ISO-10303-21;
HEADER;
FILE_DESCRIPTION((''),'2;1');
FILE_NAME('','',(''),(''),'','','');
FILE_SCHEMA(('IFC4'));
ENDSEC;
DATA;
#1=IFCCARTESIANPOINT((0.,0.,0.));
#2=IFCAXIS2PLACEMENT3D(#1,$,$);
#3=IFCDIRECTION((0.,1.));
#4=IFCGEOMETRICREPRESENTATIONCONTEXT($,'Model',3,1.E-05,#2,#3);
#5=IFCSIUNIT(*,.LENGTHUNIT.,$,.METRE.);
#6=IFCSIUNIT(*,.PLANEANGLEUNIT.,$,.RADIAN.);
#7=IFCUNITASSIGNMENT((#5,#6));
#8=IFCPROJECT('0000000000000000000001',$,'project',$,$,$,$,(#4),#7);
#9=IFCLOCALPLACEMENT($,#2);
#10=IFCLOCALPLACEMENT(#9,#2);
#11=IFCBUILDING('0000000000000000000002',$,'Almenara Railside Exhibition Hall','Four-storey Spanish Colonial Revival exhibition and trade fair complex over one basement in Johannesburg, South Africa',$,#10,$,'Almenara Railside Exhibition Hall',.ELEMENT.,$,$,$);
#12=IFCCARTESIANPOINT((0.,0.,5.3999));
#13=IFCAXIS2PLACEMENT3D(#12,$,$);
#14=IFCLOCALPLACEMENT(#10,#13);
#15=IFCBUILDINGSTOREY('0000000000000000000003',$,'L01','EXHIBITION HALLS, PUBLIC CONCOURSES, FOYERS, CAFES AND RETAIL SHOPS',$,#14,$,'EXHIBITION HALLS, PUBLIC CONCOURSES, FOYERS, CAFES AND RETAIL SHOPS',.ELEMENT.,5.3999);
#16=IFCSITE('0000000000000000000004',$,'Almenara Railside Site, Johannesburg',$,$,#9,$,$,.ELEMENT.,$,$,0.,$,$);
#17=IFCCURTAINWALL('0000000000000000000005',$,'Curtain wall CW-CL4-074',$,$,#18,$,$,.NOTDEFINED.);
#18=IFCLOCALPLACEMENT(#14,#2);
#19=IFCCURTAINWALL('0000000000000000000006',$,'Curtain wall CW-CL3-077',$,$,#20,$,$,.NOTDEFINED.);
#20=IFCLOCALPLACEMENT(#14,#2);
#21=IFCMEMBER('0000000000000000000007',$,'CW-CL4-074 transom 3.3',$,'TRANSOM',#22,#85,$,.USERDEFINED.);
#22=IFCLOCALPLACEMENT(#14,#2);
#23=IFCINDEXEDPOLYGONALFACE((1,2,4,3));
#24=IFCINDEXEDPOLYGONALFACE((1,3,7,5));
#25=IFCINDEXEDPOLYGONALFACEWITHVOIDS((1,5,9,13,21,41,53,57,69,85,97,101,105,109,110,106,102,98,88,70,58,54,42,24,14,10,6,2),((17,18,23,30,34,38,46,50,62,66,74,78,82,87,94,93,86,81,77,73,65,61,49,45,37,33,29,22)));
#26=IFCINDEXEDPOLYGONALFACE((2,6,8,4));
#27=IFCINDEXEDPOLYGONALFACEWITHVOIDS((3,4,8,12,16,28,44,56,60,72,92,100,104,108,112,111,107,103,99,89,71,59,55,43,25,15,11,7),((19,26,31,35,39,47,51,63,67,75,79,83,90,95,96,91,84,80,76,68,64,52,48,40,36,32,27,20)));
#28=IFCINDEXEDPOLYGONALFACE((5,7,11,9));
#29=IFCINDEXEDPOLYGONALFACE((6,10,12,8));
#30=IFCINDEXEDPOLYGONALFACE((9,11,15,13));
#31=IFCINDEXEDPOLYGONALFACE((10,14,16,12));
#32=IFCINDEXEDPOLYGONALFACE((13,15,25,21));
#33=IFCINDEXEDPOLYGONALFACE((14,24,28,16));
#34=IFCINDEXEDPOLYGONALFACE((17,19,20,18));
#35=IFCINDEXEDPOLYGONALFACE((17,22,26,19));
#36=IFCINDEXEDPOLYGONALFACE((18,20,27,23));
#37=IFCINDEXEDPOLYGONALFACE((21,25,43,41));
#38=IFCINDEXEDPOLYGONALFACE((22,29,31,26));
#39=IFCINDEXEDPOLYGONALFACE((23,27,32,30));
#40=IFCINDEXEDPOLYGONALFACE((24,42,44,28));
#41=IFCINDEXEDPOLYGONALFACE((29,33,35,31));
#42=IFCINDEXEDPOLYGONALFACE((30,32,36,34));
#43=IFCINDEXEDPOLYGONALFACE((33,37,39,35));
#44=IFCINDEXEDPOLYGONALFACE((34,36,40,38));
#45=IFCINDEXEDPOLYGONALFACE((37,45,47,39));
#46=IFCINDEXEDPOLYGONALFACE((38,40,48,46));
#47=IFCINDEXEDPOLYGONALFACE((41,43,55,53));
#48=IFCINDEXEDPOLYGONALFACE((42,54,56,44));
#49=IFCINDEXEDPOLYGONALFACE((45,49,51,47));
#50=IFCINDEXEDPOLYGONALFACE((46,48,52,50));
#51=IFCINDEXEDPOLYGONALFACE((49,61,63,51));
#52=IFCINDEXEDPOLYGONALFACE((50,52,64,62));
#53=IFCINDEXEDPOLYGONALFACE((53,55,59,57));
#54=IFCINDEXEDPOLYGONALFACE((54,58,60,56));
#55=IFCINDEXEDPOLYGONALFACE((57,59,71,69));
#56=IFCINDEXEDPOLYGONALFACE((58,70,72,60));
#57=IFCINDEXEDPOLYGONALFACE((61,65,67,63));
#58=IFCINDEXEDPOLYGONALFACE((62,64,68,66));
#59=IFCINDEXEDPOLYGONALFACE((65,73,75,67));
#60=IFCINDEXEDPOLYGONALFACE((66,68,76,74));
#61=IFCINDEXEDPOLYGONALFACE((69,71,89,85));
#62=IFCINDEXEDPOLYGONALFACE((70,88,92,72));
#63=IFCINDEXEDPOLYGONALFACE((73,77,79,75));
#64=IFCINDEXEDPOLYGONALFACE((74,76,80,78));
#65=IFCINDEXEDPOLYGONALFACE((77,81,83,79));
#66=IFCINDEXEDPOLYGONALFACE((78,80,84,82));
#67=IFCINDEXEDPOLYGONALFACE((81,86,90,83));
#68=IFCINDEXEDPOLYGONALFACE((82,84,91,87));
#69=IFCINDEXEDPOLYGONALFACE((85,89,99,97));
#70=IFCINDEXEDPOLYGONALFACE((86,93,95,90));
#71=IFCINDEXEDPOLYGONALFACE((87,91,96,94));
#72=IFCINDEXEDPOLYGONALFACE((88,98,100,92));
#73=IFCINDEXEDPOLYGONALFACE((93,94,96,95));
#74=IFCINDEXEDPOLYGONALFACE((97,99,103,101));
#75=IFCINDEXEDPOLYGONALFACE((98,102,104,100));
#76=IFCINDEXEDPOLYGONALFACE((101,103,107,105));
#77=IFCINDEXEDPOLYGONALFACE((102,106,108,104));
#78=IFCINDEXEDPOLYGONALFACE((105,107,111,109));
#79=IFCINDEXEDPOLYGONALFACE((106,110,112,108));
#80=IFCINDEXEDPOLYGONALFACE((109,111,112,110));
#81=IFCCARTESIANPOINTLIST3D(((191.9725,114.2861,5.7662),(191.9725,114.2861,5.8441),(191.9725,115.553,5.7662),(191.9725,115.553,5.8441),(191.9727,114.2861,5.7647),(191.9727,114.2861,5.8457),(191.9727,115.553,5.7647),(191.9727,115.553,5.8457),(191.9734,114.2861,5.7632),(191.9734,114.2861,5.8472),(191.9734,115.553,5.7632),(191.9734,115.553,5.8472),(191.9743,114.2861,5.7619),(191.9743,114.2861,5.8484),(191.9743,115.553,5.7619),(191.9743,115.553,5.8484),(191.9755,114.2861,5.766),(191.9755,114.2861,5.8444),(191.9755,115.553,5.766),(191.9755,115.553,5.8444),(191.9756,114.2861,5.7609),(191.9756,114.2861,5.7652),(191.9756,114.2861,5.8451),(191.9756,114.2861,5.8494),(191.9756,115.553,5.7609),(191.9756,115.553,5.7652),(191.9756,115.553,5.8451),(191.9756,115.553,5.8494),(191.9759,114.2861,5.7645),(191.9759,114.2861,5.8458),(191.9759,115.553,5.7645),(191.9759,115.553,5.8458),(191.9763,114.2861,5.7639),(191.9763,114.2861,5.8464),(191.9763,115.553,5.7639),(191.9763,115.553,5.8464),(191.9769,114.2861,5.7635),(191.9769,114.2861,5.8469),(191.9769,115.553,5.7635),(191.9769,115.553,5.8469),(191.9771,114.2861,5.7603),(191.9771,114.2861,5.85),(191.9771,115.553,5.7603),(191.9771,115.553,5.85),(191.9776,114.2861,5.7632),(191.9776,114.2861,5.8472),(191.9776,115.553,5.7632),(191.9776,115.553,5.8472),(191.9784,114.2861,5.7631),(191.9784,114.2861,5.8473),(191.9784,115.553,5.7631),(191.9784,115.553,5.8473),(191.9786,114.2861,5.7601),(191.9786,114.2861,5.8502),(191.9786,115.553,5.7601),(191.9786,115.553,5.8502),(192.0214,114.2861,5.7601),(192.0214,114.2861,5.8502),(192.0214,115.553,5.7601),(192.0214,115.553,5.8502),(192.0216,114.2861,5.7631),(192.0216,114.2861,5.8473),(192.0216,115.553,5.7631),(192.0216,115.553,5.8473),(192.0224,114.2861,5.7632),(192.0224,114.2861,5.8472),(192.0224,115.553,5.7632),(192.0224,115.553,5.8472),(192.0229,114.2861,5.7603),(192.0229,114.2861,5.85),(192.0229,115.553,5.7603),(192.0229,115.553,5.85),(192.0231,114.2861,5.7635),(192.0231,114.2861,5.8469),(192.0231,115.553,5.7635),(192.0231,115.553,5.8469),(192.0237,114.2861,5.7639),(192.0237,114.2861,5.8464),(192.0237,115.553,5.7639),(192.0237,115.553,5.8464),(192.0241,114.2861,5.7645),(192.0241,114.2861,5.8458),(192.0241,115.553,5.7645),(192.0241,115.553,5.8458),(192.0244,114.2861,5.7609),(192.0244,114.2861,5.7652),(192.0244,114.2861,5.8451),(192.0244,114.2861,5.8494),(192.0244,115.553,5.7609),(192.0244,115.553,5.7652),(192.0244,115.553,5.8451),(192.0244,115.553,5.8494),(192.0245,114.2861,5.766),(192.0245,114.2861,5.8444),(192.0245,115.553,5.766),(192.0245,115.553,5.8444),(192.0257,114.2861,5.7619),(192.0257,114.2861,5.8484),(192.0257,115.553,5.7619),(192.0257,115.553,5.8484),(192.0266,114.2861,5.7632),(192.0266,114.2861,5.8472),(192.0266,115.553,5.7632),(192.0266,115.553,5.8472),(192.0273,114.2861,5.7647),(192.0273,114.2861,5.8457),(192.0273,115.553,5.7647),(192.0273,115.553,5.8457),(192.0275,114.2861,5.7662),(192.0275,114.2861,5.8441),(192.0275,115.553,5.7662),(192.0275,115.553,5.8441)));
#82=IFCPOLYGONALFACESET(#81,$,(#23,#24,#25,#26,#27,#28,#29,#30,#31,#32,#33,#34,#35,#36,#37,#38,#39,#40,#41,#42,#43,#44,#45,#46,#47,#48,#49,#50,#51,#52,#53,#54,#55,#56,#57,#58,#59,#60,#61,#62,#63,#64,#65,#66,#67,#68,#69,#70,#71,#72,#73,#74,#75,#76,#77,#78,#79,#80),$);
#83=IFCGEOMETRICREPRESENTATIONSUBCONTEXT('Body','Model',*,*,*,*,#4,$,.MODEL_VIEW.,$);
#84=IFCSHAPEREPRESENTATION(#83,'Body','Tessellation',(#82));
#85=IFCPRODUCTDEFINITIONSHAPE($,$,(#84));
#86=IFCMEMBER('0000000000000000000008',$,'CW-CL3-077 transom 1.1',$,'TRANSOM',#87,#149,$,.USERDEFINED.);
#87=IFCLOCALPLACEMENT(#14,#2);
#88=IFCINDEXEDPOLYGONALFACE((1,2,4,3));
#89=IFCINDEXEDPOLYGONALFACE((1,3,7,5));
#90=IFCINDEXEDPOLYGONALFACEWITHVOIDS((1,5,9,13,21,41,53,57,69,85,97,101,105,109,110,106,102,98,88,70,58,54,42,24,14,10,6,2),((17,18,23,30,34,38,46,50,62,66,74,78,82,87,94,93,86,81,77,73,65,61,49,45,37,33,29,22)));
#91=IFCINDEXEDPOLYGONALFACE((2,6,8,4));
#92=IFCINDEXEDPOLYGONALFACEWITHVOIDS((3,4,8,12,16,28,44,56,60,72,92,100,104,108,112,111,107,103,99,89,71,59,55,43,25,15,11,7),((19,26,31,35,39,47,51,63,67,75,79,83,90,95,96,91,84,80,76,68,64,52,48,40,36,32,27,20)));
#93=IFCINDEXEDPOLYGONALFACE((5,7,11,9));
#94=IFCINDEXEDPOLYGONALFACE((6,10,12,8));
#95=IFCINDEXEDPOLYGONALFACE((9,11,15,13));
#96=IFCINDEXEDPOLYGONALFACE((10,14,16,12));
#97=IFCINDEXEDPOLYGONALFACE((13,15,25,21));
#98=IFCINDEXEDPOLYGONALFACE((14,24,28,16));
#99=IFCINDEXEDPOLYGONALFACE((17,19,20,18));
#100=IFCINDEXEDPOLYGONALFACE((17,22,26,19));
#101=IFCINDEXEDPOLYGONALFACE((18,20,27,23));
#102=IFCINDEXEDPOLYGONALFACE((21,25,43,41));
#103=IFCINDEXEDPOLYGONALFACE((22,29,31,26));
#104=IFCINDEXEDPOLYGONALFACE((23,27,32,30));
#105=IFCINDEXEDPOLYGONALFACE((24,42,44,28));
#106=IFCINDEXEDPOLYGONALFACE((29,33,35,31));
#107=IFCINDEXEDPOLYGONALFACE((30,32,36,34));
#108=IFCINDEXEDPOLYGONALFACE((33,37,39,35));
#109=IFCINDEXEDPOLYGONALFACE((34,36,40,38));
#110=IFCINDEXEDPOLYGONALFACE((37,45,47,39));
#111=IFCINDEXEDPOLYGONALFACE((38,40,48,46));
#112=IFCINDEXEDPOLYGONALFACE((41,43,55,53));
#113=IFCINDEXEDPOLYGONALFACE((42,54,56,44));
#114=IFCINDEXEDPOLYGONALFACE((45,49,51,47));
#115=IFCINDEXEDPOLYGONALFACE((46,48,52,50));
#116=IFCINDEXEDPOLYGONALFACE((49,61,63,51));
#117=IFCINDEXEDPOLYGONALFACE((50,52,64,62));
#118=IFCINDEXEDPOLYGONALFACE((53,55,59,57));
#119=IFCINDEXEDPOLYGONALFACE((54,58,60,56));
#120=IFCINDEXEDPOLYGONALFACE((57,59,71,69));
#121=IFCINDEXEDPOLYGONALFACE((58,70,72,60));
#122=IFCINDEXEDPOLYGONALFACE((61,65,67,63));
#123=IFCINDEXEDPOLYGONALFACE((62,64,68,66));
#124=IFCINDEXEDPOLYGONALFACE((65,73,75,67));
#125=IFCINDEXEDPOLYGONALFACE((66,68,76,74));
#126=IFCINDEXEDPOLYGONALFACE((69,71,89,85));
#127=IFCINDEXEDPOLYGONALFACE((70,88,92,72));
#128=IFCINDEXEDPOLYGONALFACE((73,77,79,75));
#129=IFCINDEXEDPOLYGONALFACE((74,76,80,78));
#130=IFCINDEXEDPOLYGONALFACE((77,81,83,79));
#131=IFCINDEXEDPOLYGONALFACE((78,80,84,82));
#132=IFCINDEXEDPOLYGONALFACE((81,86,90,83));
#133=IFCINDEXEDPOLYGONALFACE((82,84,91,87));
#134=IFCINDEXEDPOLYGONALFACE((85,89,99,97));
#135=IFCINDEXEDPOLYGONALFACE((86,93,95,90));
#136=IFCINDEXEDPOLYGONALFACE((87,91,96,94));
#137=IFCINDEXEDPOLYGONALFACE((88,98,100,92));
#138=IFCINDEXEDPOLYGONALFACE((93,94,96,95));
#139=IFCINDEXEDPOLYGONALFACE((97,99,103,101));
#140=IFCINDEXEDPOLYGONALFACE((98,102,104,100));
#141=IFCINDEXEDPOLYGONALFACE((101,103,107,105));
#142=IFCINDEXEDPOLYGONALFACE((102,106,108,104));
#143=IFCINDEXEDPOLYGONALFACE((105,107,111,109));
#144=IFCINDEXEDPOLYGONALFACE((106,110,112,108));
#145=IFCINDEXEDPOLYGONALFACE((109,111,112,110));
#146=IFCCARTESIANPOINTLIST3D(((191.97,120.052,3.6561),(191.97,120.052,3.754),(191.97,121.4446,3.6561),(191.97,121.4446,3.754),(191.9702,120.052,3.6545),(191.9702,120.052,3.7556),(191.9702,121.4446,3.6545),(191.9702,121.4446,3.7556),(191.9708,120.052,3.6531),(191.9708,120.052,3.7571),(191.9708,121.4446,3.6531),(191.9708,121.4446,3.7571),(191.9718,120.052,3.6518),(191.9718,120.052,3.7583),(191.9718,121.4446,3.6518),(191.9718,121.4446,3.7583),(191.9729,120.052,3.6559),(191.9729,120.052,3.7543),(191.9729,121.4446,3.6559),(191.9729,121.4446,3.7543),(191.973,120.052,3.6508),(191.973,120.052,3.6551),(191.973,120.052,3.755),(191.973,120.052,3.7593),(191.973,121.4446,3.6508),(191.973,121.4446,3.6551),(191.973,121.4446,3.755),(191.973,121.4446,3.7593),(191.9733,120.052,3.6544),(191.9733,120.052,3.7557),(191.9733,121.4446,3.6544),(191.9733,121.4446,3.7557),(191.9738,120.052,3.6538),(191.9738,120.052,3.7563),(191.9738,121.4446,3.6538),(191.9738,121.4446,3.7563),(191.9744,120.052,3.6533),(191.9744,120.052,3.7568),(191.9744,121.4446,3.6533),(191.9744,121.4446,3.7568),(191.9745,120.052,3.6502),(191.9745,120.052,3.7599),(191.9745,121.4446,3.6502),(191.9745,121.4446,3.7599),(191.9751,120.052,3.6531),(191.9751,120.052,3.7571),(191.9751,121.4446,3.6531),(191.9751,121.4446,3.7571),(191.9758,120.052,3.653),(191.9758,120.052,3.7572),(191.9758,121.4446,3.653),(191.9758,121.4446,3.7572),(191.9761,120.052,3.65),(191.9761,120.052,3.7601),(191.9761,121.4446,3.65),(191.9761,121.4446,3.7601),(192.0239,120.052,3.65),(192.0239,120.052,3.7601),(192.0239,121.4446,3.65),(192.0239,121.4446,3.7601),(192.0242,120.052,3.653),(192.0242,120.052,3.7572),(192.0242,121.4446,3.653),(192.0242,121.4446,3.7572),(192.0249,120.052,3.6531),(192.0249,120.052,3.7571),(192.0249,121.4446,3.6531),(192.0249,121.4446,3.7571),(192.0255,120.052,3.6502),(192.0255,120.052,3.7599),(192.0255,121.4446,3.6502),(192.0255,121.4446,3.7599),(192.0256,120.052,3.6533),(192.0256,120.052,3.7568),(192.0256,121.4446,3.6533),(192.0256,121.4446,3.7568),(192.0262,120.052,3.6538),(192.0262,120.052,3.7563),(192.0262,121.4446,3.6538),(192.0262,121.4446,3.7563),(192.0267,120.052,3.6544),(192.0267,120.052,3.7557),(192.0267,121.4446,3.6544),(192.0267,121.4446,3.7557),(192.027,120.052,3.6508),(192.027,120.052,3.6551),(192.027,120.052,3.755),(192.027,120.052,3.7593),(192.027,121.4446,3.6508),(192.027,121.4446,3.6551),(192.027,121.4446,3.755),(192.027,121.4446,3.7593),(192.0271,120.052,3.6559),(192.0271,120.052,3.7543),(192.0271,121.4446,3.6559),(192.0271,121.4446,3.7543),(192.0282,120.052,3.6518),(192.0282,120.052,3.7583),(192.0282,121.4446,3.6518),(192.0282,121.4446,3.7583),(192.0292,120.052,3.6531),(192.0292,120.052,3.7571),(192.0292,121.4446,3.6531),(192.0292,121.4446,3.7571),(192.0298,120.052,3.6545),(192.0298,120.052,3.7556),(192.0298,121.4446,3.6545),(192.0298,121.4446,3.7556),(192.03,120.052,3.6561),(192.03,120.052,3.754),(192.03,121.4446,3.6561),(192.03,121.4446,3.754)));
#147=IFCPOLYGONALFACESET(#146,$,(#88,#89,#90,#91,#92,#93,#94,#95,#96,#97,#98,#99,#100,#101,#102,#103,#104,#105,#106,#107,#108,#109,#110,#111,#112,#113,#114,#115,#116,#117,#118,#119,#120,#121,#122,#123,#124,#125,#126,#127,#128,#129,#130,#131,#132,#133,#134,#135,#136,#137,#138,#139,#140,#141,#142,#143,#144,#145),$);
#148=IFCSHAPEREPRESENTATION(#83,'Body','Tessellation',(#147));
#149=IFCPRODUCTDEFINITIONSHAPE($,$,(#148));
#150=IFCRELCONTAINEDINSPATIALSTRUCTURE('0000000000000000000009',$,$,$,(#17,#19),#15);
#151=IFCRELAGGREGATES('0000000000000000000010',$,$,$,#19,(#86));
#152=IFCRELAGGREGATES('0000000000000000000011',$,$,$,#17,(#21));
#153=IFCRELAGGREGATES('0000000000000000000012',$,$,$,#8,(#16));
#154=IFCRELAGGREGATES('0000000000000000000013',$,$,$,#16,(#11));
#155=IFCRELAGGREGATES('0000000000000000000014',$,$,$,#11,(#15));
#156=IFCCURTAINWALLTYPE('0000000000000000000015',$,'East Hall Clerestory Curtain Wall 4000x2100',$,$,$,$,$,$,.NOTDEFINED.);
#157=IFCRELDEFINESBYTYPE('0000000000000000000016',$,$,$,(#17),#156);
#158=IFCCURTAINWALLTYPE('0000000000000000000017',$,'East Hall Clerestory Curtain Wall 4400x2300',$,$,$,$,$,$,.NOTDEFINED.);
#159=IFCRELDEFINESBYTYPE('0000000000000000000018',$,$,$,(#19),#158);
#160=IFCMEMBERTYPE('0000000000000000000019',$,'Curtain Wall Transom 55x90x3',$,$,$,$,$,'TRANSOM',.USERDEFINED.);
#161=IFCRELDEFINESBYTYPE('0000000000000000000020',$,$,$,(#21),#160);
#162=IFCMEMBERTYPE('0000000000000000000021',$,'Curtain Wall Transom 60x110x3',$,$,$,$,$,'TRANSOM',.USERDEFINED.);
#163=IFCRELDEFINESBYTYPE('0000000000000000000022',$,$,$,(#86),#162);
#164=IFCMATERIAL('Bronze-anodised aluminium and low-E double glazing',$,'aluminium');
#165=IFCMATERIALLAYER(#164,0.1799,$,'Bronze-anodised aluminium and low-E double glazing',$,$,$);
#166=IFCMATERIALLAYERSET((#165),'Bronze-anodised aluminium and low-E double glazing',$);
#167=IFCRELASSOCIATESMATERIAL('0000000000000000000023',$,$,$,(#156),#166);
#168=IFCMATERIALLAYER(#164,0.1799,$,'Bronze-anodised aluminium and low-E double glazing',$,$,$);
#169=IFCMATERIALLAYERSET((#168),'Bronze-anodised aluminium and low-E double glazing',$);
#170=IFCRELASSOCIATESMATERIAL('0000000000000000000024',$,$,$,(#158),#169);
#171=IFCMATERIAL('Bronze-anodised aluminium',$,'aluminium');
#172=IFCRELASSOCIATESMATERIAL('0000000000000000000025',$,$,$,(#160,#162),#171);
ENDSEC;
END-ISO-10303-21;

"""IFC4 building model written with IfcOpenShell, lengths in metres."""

from ifc_helpers import new_model, si_unit, direction, frame, origin, origin_2d, place, context, subcontext, project, spatial, hollow_rectangle, extrude, material, layer, layer_set, material_profile, profile_set, type_object, element, aggregate, save


model = new_model("IFC4")

# Units and contexts
model_context = context("Model", 3, precision=1e-05, world=origin(), true_north=direction((0.0, 1.0)))
body_context = subcontext(model_context, "Body", "Model", "MODEL_VIEW")
ifc_project = project(units=[si_unit("LENGTHUNIT", "METRE"), si_unit("PLANEANGLEUNIT", "RADIAN")], contexts=[model_context])

# Site, building, storey
site_placement = place(None, origin())
site = spatial("IfcSite", under=ifc_project, at=site_placement, Name="Almenara Railside Site, Johannesburg", CompositionType="ELEMENT", RefElevation=0.0)
building_placement = place(site_placement, origin())
building = spatial("IfcBuilding", under=site, at=building_placement, Name="Almenara Railside Exhibition Hall", Description="Four-storey Spanish Colonial Revival exhibition and trade fair complex over one basement in Johannesburg, South Africa", LongName="Almenara Railside Exhibition Hall", CompositionType="ELEMENT")
storey_placement = place(building_placement, frame((0.0, 0.0, 5.3999)))
storey = spatial("IfcBuildingStorey", under=building, at=storey_placement, Name="L01", Description="EXHIBITION HALLS, PUBLIC CONCOURSES, FOYERS, CAFES AND RETAIL SHOPS", LongName="EXHIBITION HALLS, PUBLIC CONCOURSES, FOYERS, CAFES AND RETAIL SHOPS", CompositionType="ELEMENT", Elevation=5.3999)

# Curtain walls
ifc_material_1 = material(Name="Bronze-anodised aluminium and low-E double glazing", Category="aluminium")
ifc_layer_1 = layer(ifc_material_1, 0.1799, Name="Bronze-anodised aluminium and low-E double glazing")
ifc_layer_set_1 = layer_set([ifc_layer_1], Name="Bronze-anodised aluminium and low-E double glazing")
curtain_wall_type_1 = type_object("IfcCurtainWallType", Name="East Hall Clerestory Curtain Wall 4000x2100", PredefinedType="NOTDEFINED", material=ifc_layer_set_1)
curtain_wall_1_placement = place(storey_placement, origin())
curtain_wall_1 = element("IfcCurtainWall", 1, at=curtain_wall_1_placement, inside=storey, type_object=curtain_wall_type_1, Name="Curtain wall CW-CL4-074", PredefinedType="NOTDEFINED")
ifc_material_2 = material(Name="Bronze-anodised aluminium", Category="aluminium")
ifc_layer_2 = layer(ifc_material_1, 0.1799, Name="Bronze-anodised aluminium and low-E double glazing")
ifc_layer_set_2 = layer_set([ifc_layer_2], Name="Bronze-anodised aluminium and low-E double glazing")
curtain_wall_type_2 = type_object("IfcCurtainWallType", Name="East Hall Clerestory Curtain Wall 4400x2300", PredefinedType="NOTDEFINED", material=ifc_layer_set_2)
curtain_wall_2_placement = place(storey_placement, origin())
curtain_wall_2 = element("IfcCurtainWall", 2, at=curtain_wall_2_placement, inside=storey, type_object=curtain_wall_type_2, Name="Curtain wall CW-CL3-077", PredefinedType="NOTDEFINED")

# Members
ifc_material_profile_1 = material_profile(ifc_material_2, hollow_rectangle(XDim=0.0549, YDim=0.0901, WallThickness=0.0029, InnerFilletRadius=0.0029, OuterFilletRadius=0.0061, at=origin_2d()), Name="ALU-TRN 55x90x3")
ifc_profile_set_1 = profile_set([ifc_material_profile_1], Name="Bronze-anodised aluminium")
member_type_1 = type_object("IfcMemberType", Name="Curtain Wall Transom 55x90x3", ElementType="TRANSOM", PredefinedType="USERDEFINED", material=ifc_profile_set_1)
member_1_placement = place(storey_placement, frame((192.0, 114.2861, 5.8052), z_axis=(0.0, 1.0, 0.0), x_axis=(-1.0, 0.0, 0.0)))
member_1 = element("IfcMember", 3, at=member_1_placement, type_object=member_type_1, Name="CW-CL4-074 transom 3.3", ObjectType="TRANSOM", PredefinedType="USERDEFINED", context=body_context, shape_type="SweptSolid", body=[
    extrude(hollow_rectangle(XDim=0.0549, YDim=0.0901, WallThickness=0.0029, InnerFilletRadius=0.0029, OuterFilletRadius=0.0061, at=origin_2d()), origin(), (0.0, 0.0, 1.0), 1.2668),
])
ifc_material_profile_2 = material_profile(ifc_material_2, hollow_rectangle(XDim=0.0601, YDim=0.1101, WallThickness=0.0029, InnerFilletRadius=0.0029, OuterFilletRadius=0.0061, at=origin_2d()), Name="ALU-TRN 60x110x3")
ifc_profile_set_2 = profile_set([ifc_material_profile_2], Name="Bronze-anodised aluminium")
member_type_2 = type_object("IfcMemberType", Name="Curtain Wall Transom 60x110x3", ElementType="TRANSOM", PredefinedType="USERDEFINED", material=ifc_profile_set_2)
member_2_placement = place(storey_placement, frame((192.0, 120.052, 3.7051), z_axis=(0.0, 1.0, 0.0), x_axis=(-1.0, 0.0, 0.0)))
member_2 = element("IfcMember", 4, at=member_2_placement, type_object=member_type_2, Name="CW-CL3-077 transom 1.1", ObjectType="TRANSOM", PredefinedType="USERDEFINED", context=body_context, shape_type="SweptSolid", body=[
    extrude(hollow_rectangle(XDim=0.0601, YDim=0.1101, WallThickness=0.0029, InnerFilletRadius=0.0029, OuterFilletRadius=0.0061, at=origin_2d()), origin(), (0.0, 0.0, 1.0), 1.3926),
])

aggregate(curtain_wall_2, [member_2])
aggregate(curtain_wall_1, [member_1])

save(model, "model.ifc")
